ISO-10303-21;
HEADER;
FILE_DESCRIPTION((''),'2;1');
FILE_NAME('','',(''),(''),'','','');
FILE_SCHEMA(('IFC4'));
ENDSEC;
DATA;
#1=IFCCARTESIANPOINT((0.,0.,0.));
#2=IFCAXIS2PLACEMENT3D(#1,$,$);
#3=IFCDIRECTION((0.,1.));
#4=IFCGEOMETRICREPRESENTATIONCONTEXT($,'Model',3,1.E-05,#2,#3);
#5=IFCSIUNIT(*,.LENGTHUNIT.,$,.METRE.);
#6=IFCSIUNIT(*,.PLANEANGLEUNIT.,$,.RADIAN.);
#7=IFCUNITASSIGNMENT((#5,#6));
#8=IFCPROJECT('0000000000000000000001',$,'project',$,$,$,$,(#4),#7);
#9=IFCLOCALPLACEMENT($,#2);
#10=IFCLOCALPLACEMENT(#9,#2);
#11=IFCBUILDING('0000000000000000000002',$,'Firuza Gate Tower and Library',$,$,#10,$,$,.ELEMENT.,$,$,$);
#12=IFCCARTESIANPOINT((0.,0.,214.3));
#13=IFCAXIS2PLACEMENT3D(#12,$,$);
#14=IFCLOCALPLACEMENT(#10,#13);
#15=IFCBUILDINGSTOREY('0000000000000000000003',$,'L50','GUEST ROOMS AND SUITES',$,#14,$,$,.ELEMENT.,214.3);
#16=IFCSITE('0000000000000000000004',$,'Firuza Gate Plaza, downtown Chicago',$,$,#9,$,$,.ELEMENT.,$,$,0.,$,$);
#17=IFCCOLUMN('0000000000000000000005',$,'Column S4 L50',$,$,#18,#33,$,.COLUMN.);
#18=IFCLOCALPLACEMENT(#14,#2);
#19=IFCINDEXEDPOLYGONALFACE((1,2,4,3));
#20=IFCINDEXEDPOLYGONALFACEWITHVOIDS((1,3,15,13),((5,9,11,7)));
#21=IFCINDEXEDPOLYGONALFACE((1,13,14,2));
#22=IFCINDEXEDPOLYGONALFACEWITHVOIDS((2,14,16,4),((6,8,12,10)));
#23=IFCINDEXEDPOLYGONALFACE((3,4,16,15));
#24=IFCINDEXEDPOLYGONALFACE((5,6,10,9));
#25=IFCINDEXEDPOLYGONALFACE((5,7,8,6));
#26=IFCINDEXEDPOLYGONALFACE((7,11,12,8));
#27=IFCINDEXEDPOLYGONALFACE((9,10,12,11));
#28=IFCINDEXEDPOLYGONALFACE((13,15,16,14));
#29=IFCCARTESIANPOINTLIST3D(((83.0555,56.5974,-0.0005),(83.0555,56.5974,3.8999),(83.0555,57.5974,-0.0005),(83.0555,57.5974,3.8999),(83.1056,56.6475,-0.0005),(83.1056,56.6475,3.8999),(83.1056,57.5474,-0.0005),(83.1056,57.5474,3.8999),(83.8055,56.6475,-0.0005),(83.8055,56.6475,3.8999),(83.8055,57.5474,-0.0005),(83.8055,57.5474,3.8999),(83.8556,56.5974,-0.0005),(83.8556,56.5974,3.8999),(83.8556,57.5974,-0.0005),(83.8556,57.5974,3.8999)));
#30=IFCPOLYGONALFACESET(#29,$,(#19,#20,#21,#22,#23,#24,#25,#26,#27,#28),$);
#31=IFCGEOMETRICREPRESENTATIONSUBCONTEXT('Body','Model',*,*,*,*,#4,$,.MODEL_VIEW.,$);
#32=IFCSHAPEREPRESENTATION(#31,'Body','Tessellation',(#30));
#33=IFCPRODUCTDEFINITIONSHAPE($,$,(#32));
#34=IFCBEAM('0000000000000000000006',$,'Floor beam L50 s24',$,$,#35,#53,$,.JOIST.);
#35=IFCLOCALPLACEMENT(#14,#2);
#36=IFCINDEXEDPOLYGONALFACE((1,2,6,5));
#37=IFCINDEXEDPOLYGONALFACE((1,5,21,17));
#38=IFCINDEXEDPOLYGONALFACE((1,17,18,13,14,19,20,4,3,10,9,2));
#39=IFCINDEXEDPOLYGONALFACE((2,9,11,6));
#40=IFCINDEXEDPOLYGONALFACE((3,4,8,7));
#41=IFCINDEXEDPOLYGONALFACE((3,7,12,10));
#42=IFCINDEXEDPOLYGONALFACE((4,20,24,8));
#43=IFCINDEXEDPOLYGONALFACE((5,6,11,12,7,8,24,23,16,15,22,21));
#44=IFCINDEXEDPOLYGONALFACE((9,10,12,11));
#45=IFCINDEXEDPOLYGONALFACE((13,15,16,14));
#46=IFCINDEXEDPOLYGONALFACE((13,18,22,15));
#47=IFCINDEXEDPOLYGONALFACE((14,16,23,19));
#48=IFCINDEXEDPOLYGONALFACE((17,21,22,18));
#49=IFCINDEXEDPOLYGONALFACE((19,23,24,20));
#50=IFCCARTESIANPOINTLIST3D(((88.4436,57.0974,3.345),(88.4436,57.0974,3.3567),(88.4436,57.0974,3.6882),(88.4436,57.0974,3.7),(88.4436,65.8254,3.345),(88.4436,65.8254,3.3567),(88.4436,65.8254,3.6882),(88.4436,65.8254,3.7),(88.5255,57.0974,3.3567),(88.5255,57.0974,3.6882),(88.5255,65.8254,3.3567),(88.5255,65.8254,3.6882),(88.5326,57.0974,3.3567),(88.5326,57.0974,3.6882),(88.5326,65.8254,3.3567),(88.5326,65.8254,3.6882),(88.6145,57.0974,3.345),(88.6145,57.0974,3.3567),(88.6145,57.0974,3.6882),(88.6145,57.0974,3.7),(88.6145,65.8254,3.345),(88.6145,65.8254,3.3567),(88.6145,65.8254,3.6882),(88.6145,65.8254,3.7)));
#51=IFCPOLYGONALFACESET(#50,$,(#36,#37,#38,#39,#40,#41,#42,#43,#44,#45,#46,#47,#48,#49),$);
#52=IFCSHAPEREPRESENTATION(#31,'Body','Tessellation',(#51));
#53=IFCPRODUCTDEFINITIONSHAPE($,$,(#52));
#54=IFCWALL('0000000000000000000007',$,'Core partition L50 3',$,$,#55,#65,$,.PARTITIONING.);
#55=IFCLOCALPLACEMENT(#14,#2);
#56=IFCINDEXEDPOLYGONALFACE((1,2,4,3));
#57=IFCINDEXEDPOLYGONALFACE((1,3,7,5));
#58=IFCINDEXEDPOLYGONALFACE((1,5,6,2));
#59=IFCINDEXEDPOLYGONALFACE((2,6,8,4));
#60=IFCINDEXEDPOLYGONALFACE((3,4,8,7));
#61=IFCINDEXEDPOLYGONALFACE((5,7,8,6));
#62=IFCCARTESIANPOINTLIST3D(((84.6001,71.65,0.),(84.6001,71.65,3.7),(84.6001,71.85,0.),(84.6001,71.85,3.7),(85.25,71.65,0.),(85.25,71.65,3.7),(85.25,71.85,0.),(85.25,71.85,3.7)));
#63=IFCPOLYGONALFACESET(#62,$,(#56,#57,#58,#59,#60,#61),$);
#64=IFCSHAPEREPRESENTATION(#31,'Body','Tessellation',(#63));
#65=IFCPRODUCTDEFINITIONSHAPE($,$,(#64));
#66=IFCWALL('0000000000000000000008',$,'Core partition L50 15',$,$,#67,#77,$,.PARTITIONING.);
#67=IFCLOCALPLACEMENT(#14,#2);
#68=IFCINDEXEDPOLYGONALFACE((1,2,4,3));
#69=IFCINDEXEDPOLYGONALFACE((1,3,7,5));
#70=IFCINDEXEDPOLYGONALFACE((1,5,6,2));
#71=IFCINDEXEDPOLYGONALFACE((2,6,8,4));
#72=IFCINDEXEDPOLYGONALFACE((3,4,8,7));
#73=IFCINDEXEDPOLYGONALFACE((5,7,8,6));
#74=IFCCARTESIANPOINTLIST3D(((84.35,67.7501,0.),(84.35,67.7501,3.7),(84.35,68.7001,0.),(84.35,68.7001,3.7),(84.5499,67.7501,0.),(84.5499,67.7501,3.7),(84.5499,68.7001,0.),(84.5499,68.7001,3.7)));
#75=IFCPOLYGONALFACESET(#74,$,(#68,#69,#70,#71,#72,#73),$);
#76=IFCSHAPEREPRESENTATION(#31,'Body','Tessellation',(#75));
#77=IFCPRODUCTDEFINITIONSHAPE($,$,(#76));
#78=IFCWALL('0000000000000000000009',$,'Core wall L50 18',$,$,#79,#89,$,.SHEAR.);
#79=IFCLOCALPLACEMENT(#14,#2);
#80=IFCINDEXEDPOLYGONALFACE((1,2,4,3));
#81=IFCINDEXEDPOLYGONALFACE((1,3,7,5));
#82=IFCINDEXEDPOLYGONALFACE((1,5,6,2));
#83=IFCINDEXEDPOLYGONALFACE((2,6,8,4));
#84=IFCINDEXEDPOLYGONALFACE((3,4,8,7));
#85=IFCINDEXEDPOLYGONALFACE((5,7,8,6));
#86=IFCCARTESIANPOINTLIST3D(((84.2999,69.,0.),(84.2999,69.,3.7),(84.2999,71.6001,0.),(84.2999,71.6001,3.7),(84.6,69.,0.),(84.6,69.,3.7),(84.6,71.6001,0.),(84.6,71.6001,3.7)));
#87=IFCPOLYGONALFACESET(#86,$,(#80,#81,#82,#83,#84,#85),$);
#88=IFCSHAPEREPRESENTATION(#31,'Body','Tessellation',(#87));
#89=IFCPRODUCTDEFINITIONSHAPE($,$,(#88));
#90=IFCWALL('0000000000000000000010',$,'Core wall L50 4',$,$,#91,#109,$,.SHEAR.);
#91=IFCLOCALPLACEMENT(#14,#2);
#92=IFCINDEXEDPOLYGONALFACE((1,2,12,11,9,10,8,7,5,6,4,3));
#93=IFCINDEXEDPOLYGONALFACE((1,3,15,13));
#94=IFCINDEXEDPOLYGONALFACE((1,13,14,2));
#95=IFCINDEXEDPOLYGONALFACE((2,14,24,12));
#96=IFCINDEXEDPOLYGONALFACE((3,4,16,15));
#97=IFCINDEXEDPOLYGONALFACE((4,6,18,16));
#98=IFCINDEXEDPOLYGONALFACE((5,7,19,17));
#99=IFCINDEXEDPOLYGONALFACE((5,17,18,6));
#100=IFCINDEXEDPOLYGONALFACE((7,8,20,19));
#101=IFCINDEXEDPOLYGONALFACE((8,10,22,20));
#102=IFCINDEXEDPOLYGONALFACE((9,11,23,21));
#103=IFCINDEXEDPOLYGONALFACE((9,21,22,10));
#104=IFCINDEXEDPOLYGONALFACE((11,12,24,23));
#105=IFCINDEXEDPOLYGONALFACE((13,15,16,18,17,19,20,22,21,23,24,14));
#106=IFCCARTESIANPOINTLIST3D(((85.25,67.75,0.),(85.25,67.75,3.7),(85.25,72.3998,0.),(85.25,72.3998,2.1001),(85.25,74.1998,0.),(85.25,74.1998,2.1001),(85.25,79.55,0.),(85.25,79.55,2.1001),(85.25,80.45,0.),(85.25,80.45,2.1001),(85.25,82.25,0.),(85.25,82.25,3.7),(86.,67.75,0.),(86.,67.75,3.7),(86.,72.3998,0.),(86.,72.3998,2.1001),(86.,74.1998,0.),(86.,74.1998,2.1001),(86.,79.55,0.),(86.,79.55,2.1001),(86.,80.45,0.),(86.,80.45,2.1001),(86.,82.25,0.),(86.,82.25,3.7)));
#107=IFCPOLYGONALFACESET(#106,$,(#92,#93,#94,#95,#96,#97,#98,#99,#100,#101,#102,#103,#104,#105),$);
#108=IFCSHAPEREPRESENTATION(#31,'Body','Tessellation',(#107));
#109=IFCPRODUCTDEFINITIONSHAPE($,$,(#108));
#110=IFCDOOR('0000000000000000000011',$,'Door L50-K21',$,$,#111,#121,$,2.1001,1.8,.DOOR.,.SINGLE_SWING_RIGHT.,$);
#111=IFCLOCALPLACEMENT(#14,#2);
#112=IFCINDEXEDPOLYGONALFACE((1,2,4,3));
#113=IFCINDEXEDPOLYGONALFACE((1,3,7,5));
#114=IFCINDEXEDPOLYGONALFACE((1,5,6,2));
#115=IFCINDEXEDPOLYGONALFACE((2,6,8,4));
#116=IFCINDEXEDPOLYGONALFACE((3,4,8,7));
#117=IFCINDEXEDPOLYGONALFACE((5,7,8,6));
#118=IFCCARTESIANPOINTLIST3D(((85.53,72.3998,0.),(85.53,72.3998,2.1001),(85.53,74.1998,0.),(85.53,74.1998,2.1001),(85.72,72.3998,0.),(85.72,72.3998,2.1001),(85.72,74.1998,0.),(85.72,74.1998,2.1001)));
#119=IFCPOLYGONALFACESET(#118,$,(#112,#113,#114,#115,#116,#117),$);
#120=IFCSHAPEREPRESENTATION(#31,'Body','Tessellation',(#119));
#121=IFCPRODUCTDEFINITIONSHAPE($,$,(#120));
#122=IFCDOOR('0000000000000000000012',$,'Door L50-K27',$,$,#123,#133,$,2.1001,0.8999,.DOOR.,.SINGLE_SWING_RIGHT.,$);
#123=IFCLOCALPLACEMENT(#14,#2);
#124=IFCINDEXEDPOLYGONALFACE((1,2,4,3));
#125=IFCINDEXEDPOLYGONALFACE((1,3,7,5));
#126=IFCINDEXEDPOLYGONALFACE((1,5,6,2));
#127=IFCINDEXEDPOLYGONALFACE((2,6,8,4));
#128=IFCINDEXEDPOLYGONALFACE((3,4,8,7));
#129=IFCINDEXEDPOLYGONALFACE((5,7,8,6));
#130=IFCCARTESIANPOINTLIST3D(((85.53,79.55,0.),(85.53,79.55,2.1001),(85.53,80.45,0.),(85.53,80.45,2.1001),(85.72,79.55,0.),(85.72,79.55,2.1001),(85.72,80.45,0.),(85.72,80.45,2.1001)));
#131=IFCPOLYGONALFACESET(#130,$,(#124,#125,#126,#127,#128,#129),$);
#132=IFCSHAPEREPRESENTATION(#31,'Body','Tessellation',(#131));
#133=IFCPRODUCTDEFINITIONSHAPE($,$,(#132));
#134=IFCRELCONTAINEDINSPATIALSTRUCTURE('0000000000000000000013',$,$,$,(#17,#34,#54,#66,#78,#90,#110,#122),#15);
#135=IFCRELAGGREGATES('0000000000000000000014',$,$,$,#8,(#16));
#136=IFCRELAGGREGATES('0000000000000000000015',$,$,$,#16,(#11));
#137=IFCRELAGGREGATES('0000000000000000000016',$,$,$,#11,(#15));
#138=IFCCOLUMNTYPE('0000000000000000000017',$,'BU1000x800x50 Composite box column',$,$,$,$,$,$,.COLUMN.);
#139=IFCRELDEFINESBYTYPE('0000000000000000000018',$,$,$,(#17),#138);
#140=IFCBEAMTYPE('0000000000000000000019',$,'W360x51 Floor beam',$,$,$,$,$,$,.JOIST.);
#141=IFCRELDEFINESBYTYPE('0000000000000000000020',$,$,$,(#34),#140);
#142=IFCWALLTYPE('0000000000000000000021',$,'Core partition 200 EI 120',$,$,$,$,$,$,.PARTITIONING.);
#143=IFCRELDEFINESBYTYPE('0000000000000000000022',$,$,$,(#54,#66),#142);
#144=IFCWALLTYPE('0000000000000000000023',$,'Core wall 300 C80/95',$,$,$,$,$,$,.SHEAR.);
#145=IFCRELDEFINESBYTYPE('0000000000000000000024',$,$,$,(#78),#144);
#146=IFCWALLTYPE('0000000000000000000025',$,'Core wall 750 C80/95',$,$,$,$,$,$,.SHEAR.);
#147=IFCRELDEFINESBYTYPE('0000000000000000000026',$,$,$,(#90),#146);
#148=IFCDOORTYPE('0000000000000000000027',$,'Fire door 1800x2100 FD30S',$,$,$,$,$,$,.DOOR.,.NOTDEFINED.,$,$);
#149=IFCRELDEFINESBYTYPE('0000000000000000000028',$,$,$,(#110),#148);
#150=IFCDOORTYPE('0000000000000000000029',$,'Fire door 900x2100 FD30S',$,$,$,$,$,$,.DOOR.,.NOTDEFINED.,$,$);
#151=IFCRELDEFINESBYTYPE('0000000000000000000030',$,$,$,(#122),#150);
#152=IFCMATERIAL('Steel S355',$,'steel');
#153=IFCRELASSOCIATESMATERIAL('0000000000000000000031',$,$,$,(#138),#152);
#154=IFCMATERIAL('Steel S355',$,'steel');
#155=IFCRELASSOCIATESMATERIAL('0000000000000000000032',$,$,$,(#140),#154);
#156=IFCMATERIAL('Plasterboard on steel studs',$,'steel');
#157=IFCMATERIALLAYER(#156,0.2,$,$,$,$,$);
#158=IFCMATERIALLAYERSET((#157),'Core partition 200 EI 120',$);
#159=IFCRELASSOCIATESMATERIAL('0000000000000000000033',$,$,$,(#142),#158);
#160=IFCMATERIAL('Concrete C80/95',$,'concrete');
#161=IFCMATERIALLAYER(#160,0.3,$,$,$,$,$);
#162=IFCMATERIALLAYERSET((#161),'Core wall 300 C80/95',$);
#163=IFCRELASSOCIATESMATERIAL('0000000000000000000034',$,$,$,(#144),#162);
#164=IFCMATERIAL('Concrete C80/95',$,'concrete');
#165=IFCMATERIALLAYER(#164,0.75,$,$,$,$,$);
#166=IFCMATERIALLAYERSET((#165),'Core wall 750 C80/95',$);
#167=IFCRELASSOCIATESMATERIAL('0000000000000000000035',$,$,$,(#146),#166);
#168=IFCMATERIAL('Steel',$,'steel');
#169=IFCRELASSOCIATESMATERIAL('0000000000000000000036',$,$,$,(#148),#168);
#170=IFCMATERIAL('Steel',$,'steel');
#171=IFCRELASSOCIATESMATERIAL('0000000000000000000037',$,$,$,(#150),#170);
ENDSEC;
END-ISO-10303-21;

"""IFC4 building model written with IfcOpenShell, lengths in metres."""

from ifc_helpers import new_model, si_unit, direction, frame, frame_2d, origin, origin_2d, place, context, subcontext, project, spatial, rectangle, hollow_rectangle, i_section, extrude, material, layer, layer_set, material_profile, profile_set, type_object, element, fill, save


model = new_model("IFC4")

# Units and contexts
model_context = context("Model", 3, precision=1e-05, world=origin(), true_north=direction((0.0, 1.0)))
body_context = subcontext(model_context, "Body", "Model", "MODEL_VIEW")
ifc_project = project(units=[si_unit("LENGTHUNIT", "METRE"), si_unit("PLANEANGLEUNIT", "RADIAN")], contexts=[model_context])

# Site, building, storey
site_placement = place(None, origin())
site = spatial("IfcSite", under=ifc_project, at=site_placement, Name="Firuza Gate Plaza, downtown Chicago", CompositionType="ELEMENT", RefElevation=0.0)
building_placement = place(site_placement, origin())
building = spatial("IfcBuilding", under=site, at=building_placement, Name="Firuza Gate Tower and Library", CompositionType="ELEMENT")
storey_placement = place(building_placement, frame((0.0, 0.0, 214.3)))
storey = spatial("IfcBuildingStorey", under=building, at=storey_placement, Name="L50", Description="GUEST ROOMS AND SUITES", CompositionType="ELEMENT", Elevation=214.3)

# Column
ifc_material_1 = material(Name="Steel S355", Category="steel")
ifc_material_profile_1 = material_profile(ifc_material_1, hollow_rectangle(XDim=0.8, YDim=1.0, WallThickness=0.05, at=origin_2d()))
ifc_profile_set_1 = profile_set([ifc_material_profile_1], Name="Steel S355")
column_type = type_object("IfcColumnType", Name="BU1000x800x50 Composite box column", PredefinedType="COLUMN", material=ifc_profile_set_1)
column_placement = place(storey_placement, frame((83.4556, 57.0974, -0.0005), z_axis=(0.0, 0.0, 1.0), x_axis=(1.0, 0.0, 0.0)))
element("IfcColumn", 1, at=column_placement, inside=storey, type_object=column_type, Name="Column S4 L50", PredefinedType="COLUMN", context=body_context, shape_type="SweptSolid", body=[
    extrude(hollow_rectangle(XDim=0.8, YDim=1.0, WallThickness=0.05, at=origin_2d()), origin(), (0.0, 0.0, 1.0), 3.9004),
])

# Beam
ifc_material_2 = material(Name="Steel S355", Category="steel")
ifc_material_profile_2 = material_profile(ifc_material_2, i_section(OverallWidth=0.1709, OverallDepth=0.355, WebThickness=0.0071, FlangeThickness=0.0117, at=origin_2d()))
ifc_profile_set_2 = profile_set([ifc_material_profile_2], Name="Steel S355")
beam_type = type_object("IfcBeamType", Name="W360x51 Floor beam", PredefinedType="JOIST", material=ifc_profile_set_2)
beam_placement = place(storey_placement, frame((88.5291, 57.0974, 3.5225), z_axis=(0.0, 1.0, 0.0), x_axis=(-1.0, 0.0, 0.0)))
element("IfcBeam", 2, at=beam_placement, inside=storey, type_object=beam_type, Name="Floor beam L50 s24", PredefinedType="JOIST", context=body_context, shape_type="SweptSolid", body=[
    extrude(i_section(OverallWidth=0.1709, OverallDepth=0.355, WebThickness=0.0071, FlangeThickness=0.0117, at=origin_2d()), origin(), (0.0, 0.0, 1.0), 8.728),
])

# Walls
ifc_material_3 = material(Name="Plasterboard on steel studs", Category="steel")
ifc_layer_1 = layer(ifc_material_3, 0.2)
ifc_layer_set_1 = layer_set([ifc_layer_1], Name="Core partition 200 EI 120")
wall_type_1 = type_object("IfcWallType", Name="Core partition 200 EI 120", PredefinedType="PARTITIONING", material=ifc_layer_set_1)
wall_1_placement = place(storey_placement, frame((84.6001, 71.75, 0.0), z_axis=(0.0, 0.0, 1.0), x_axis=(1.0, 0.0, 0.0)))
element("IfcWall", 3, at=wall_1_placement, inside=storey, type_object=wall_type_1, Name="Core partition L50 3", PredefinedType="PARTITIONING", context=body_context, shape_type="SweptSolid", body=[
    extrude(rectangle(XDim=0.6499, YDim=0.2, at=frame_2d((0.325, 0.0))), origin(), (0.0, 0.0, 1.0), 3.7),
])
wall_2_placement = place(storey_placement, frame((84.45, 67.75, 0.0), z_axis=(0.0, 0.0, 1.0), x_axis=(0.0, 1.0, 0.0)))
element("IfcWall", 4, at=wall_2_placement, inside=storey, type_object=wall_type_1, Name="Core partition L50 15", PredefinedType="PARTITIONING", context=body_context, shape_type="SweptSolid", body=[
    extrude(rectangle(XDim=0.95, YDim=0.2, at=frame_2d((0.4751, 0.0))), origin(), (0.0, 0.0, 1.0), 3.7),
])
ifc_material_4 = material(Name="Concrete C80/95", Category="concrete")
ifc_layer_2 = layer(ifc_material_4, 0.3)
ifc_layer_set_2 = layer_set([ifc_layer_2], Name="Core wall 300 C80/95")
wall_type_2 = type_object("IfcWallType", Name="Core wall 300 C80/95", PredefinedType="SHEAR", material=ifc_layer_set_2)
wall_3_placement = place(storey_placement, frame((84.45, 69.0, 0.0), z_axis=(0.0, 0.0, 1.0), x_axis=(0.0, 1.0, 0.0)))
element("IfcWall", 5, at=wall_3_placement, inside=storey, type_object=wall_type_2, Name="Core wall L50 18", PredefinedType="SHEAR", context=body_context, shape_type="SweptSolid", body=[
    extrude(rectangle(XDim=2.6001, YDim=0.3, at=frame_2d((1.3, 0.0))), origin(), (0.0, 0.0, 1.0), 3.7),
])

# Wall, openings, doors
ifc_material_5 = material(Name="Concrete C80/95", Category="concrete")
ifc_layer_3 = layer(ifc_material_5, 0.75)
ifc_layer_set_3 = layer_set([ifc_layer_3], Name="Core wall 750 C80/95")
wall_type_3 = type_object("IfcWallType", Name="Core wall 750 C80/95", PredefinedType="SHEAR", material=ifc_layer_set_3)
wall_4_placement = place(storey_placement, frame((85.625, 67.75, 0.0), z_axis=(0.0, 0.0, 1.0), x_axis=(0.0, 1.0, 0.0)))
wall_4 = element("IfcWall", 6, at=wall_4_placement, inside=storey, type_object=wall_type_3, Name="Core wall L50 4", PredefinedType="SHEAR", context=body_context, shape_type="SweptSolid", body=[
    extrude(rectangle(XDim=14.5, YDim=0.75, at=frame_2d((7.25, 0.0))), origin(), (0.0, 0.0, 1.0), 3.7),
])
opening_1_placement = place(wall_4_placement, frame((4.6499, 0.0, 0.0)))
opening_1 = element("IfcOpeningElement", 7, at=opening_1_placement, cuts=wall_4, PredefinedType="OPENING", context=body_context, shape_type="SweptSolid", body=[
    extrude(rectangle(XDim=1.8, YDim=2.1001, at=frame_2d((0.8999, 1.05))), frame((0.0, 0.385, 0.0), z_axis=(0.0, -1.0, 0.0), x_axis=(1.0, 0.0, 0.0)), (0.0, 0.0, 1.0), 0.77),
])
opening_2_placement = place(wall_4_placement, frame((11.8, 0.0, 0.0)))
opening_2 = element("IfcOpeningElement", 8, at=opening_2_placement, cuts=wall_4, PredefinedType="OPENING", context=body_context, shape_type="SweptSolid", body=[
    extrude(rectangle(XDim=0.8999, YDim=2.1001, at=frame_2d((0.45, 1.05))), frame((0.0, 0.385, 0.0), z_axis=(0.0, -1.0, 0.0), x_axis=(1.0, 0.0, 0.0)), (0.0, 0.0, 1.0), 0.77),
])
ifc_material_6 = material(Name="Steel", Category="steel")
door_type_1 = type_object("IfcDoorType", Name="Fire door 1800x2100 FD30S", OperationType="NOTDEFINED", PredefinedType="DOOR", material=ifc_material_6)
door_1_placement = place(opening_1_placement, origin())
door_1 = element("IfcDoor", 9, at=door_1_placement, inside=storey, type_object=door_type_1, Name="Door L50-K21", OperationType="SINGLE_SWING_RIGHT", OverallHeight=2.1001, OverallWidth=1.8, PredefinedType="DOOR", context=body_context, shape_type="SweptSolid", body=[
    extrude(rectangle(XDim=1.8, YDim=2.1001, at=frame_2d((0.8999, 1.05))), frame((0.0, 0.095, 0.0), z_axis=(0.0, -1.0, 0.0), x_axis=(1.0, 0.0, 0.0)), (0.0, 0.0, 1.0), 0.1899),
])
fill(opening_1, door_1)
ifc_material_7 = material(Name="Steel", Category="steel")
door_type_2 = type_object("IfcDoorType", Name="Fire door 900x2100 FD30S", OperationType="NOTDEFINED", PredefinedType="DOOR", material=ifc_material_7)
door_2_placement = place(opening_2_placement, origin())
door_2 = element("IfcDoor", 10, at=door_2_placement, inside=storey, type_object=door_type_2, Name="Door L50-K27", OperationType="SINGLE_SWING_RIGHT", OverallHeight=2.1001, OverallWidth=0.8999, PredefinedType="DOOR", context=body_context, shape_type="SweptSolid", body=[
    extrude(rectangle(XDim=0.8999, YDim=2.1001, at=frame_2d((0.45, 1.05))), frame((0.0, 0.095, 0.0), z_axis=(0.0, -1.0, 0.0), x_axis=(1.0, 0.0, 0.0)), (0.0, 0.0, 1.0), 0.1899),
])
fill(opening_2, door_2)

save(model, "model.ifc")
